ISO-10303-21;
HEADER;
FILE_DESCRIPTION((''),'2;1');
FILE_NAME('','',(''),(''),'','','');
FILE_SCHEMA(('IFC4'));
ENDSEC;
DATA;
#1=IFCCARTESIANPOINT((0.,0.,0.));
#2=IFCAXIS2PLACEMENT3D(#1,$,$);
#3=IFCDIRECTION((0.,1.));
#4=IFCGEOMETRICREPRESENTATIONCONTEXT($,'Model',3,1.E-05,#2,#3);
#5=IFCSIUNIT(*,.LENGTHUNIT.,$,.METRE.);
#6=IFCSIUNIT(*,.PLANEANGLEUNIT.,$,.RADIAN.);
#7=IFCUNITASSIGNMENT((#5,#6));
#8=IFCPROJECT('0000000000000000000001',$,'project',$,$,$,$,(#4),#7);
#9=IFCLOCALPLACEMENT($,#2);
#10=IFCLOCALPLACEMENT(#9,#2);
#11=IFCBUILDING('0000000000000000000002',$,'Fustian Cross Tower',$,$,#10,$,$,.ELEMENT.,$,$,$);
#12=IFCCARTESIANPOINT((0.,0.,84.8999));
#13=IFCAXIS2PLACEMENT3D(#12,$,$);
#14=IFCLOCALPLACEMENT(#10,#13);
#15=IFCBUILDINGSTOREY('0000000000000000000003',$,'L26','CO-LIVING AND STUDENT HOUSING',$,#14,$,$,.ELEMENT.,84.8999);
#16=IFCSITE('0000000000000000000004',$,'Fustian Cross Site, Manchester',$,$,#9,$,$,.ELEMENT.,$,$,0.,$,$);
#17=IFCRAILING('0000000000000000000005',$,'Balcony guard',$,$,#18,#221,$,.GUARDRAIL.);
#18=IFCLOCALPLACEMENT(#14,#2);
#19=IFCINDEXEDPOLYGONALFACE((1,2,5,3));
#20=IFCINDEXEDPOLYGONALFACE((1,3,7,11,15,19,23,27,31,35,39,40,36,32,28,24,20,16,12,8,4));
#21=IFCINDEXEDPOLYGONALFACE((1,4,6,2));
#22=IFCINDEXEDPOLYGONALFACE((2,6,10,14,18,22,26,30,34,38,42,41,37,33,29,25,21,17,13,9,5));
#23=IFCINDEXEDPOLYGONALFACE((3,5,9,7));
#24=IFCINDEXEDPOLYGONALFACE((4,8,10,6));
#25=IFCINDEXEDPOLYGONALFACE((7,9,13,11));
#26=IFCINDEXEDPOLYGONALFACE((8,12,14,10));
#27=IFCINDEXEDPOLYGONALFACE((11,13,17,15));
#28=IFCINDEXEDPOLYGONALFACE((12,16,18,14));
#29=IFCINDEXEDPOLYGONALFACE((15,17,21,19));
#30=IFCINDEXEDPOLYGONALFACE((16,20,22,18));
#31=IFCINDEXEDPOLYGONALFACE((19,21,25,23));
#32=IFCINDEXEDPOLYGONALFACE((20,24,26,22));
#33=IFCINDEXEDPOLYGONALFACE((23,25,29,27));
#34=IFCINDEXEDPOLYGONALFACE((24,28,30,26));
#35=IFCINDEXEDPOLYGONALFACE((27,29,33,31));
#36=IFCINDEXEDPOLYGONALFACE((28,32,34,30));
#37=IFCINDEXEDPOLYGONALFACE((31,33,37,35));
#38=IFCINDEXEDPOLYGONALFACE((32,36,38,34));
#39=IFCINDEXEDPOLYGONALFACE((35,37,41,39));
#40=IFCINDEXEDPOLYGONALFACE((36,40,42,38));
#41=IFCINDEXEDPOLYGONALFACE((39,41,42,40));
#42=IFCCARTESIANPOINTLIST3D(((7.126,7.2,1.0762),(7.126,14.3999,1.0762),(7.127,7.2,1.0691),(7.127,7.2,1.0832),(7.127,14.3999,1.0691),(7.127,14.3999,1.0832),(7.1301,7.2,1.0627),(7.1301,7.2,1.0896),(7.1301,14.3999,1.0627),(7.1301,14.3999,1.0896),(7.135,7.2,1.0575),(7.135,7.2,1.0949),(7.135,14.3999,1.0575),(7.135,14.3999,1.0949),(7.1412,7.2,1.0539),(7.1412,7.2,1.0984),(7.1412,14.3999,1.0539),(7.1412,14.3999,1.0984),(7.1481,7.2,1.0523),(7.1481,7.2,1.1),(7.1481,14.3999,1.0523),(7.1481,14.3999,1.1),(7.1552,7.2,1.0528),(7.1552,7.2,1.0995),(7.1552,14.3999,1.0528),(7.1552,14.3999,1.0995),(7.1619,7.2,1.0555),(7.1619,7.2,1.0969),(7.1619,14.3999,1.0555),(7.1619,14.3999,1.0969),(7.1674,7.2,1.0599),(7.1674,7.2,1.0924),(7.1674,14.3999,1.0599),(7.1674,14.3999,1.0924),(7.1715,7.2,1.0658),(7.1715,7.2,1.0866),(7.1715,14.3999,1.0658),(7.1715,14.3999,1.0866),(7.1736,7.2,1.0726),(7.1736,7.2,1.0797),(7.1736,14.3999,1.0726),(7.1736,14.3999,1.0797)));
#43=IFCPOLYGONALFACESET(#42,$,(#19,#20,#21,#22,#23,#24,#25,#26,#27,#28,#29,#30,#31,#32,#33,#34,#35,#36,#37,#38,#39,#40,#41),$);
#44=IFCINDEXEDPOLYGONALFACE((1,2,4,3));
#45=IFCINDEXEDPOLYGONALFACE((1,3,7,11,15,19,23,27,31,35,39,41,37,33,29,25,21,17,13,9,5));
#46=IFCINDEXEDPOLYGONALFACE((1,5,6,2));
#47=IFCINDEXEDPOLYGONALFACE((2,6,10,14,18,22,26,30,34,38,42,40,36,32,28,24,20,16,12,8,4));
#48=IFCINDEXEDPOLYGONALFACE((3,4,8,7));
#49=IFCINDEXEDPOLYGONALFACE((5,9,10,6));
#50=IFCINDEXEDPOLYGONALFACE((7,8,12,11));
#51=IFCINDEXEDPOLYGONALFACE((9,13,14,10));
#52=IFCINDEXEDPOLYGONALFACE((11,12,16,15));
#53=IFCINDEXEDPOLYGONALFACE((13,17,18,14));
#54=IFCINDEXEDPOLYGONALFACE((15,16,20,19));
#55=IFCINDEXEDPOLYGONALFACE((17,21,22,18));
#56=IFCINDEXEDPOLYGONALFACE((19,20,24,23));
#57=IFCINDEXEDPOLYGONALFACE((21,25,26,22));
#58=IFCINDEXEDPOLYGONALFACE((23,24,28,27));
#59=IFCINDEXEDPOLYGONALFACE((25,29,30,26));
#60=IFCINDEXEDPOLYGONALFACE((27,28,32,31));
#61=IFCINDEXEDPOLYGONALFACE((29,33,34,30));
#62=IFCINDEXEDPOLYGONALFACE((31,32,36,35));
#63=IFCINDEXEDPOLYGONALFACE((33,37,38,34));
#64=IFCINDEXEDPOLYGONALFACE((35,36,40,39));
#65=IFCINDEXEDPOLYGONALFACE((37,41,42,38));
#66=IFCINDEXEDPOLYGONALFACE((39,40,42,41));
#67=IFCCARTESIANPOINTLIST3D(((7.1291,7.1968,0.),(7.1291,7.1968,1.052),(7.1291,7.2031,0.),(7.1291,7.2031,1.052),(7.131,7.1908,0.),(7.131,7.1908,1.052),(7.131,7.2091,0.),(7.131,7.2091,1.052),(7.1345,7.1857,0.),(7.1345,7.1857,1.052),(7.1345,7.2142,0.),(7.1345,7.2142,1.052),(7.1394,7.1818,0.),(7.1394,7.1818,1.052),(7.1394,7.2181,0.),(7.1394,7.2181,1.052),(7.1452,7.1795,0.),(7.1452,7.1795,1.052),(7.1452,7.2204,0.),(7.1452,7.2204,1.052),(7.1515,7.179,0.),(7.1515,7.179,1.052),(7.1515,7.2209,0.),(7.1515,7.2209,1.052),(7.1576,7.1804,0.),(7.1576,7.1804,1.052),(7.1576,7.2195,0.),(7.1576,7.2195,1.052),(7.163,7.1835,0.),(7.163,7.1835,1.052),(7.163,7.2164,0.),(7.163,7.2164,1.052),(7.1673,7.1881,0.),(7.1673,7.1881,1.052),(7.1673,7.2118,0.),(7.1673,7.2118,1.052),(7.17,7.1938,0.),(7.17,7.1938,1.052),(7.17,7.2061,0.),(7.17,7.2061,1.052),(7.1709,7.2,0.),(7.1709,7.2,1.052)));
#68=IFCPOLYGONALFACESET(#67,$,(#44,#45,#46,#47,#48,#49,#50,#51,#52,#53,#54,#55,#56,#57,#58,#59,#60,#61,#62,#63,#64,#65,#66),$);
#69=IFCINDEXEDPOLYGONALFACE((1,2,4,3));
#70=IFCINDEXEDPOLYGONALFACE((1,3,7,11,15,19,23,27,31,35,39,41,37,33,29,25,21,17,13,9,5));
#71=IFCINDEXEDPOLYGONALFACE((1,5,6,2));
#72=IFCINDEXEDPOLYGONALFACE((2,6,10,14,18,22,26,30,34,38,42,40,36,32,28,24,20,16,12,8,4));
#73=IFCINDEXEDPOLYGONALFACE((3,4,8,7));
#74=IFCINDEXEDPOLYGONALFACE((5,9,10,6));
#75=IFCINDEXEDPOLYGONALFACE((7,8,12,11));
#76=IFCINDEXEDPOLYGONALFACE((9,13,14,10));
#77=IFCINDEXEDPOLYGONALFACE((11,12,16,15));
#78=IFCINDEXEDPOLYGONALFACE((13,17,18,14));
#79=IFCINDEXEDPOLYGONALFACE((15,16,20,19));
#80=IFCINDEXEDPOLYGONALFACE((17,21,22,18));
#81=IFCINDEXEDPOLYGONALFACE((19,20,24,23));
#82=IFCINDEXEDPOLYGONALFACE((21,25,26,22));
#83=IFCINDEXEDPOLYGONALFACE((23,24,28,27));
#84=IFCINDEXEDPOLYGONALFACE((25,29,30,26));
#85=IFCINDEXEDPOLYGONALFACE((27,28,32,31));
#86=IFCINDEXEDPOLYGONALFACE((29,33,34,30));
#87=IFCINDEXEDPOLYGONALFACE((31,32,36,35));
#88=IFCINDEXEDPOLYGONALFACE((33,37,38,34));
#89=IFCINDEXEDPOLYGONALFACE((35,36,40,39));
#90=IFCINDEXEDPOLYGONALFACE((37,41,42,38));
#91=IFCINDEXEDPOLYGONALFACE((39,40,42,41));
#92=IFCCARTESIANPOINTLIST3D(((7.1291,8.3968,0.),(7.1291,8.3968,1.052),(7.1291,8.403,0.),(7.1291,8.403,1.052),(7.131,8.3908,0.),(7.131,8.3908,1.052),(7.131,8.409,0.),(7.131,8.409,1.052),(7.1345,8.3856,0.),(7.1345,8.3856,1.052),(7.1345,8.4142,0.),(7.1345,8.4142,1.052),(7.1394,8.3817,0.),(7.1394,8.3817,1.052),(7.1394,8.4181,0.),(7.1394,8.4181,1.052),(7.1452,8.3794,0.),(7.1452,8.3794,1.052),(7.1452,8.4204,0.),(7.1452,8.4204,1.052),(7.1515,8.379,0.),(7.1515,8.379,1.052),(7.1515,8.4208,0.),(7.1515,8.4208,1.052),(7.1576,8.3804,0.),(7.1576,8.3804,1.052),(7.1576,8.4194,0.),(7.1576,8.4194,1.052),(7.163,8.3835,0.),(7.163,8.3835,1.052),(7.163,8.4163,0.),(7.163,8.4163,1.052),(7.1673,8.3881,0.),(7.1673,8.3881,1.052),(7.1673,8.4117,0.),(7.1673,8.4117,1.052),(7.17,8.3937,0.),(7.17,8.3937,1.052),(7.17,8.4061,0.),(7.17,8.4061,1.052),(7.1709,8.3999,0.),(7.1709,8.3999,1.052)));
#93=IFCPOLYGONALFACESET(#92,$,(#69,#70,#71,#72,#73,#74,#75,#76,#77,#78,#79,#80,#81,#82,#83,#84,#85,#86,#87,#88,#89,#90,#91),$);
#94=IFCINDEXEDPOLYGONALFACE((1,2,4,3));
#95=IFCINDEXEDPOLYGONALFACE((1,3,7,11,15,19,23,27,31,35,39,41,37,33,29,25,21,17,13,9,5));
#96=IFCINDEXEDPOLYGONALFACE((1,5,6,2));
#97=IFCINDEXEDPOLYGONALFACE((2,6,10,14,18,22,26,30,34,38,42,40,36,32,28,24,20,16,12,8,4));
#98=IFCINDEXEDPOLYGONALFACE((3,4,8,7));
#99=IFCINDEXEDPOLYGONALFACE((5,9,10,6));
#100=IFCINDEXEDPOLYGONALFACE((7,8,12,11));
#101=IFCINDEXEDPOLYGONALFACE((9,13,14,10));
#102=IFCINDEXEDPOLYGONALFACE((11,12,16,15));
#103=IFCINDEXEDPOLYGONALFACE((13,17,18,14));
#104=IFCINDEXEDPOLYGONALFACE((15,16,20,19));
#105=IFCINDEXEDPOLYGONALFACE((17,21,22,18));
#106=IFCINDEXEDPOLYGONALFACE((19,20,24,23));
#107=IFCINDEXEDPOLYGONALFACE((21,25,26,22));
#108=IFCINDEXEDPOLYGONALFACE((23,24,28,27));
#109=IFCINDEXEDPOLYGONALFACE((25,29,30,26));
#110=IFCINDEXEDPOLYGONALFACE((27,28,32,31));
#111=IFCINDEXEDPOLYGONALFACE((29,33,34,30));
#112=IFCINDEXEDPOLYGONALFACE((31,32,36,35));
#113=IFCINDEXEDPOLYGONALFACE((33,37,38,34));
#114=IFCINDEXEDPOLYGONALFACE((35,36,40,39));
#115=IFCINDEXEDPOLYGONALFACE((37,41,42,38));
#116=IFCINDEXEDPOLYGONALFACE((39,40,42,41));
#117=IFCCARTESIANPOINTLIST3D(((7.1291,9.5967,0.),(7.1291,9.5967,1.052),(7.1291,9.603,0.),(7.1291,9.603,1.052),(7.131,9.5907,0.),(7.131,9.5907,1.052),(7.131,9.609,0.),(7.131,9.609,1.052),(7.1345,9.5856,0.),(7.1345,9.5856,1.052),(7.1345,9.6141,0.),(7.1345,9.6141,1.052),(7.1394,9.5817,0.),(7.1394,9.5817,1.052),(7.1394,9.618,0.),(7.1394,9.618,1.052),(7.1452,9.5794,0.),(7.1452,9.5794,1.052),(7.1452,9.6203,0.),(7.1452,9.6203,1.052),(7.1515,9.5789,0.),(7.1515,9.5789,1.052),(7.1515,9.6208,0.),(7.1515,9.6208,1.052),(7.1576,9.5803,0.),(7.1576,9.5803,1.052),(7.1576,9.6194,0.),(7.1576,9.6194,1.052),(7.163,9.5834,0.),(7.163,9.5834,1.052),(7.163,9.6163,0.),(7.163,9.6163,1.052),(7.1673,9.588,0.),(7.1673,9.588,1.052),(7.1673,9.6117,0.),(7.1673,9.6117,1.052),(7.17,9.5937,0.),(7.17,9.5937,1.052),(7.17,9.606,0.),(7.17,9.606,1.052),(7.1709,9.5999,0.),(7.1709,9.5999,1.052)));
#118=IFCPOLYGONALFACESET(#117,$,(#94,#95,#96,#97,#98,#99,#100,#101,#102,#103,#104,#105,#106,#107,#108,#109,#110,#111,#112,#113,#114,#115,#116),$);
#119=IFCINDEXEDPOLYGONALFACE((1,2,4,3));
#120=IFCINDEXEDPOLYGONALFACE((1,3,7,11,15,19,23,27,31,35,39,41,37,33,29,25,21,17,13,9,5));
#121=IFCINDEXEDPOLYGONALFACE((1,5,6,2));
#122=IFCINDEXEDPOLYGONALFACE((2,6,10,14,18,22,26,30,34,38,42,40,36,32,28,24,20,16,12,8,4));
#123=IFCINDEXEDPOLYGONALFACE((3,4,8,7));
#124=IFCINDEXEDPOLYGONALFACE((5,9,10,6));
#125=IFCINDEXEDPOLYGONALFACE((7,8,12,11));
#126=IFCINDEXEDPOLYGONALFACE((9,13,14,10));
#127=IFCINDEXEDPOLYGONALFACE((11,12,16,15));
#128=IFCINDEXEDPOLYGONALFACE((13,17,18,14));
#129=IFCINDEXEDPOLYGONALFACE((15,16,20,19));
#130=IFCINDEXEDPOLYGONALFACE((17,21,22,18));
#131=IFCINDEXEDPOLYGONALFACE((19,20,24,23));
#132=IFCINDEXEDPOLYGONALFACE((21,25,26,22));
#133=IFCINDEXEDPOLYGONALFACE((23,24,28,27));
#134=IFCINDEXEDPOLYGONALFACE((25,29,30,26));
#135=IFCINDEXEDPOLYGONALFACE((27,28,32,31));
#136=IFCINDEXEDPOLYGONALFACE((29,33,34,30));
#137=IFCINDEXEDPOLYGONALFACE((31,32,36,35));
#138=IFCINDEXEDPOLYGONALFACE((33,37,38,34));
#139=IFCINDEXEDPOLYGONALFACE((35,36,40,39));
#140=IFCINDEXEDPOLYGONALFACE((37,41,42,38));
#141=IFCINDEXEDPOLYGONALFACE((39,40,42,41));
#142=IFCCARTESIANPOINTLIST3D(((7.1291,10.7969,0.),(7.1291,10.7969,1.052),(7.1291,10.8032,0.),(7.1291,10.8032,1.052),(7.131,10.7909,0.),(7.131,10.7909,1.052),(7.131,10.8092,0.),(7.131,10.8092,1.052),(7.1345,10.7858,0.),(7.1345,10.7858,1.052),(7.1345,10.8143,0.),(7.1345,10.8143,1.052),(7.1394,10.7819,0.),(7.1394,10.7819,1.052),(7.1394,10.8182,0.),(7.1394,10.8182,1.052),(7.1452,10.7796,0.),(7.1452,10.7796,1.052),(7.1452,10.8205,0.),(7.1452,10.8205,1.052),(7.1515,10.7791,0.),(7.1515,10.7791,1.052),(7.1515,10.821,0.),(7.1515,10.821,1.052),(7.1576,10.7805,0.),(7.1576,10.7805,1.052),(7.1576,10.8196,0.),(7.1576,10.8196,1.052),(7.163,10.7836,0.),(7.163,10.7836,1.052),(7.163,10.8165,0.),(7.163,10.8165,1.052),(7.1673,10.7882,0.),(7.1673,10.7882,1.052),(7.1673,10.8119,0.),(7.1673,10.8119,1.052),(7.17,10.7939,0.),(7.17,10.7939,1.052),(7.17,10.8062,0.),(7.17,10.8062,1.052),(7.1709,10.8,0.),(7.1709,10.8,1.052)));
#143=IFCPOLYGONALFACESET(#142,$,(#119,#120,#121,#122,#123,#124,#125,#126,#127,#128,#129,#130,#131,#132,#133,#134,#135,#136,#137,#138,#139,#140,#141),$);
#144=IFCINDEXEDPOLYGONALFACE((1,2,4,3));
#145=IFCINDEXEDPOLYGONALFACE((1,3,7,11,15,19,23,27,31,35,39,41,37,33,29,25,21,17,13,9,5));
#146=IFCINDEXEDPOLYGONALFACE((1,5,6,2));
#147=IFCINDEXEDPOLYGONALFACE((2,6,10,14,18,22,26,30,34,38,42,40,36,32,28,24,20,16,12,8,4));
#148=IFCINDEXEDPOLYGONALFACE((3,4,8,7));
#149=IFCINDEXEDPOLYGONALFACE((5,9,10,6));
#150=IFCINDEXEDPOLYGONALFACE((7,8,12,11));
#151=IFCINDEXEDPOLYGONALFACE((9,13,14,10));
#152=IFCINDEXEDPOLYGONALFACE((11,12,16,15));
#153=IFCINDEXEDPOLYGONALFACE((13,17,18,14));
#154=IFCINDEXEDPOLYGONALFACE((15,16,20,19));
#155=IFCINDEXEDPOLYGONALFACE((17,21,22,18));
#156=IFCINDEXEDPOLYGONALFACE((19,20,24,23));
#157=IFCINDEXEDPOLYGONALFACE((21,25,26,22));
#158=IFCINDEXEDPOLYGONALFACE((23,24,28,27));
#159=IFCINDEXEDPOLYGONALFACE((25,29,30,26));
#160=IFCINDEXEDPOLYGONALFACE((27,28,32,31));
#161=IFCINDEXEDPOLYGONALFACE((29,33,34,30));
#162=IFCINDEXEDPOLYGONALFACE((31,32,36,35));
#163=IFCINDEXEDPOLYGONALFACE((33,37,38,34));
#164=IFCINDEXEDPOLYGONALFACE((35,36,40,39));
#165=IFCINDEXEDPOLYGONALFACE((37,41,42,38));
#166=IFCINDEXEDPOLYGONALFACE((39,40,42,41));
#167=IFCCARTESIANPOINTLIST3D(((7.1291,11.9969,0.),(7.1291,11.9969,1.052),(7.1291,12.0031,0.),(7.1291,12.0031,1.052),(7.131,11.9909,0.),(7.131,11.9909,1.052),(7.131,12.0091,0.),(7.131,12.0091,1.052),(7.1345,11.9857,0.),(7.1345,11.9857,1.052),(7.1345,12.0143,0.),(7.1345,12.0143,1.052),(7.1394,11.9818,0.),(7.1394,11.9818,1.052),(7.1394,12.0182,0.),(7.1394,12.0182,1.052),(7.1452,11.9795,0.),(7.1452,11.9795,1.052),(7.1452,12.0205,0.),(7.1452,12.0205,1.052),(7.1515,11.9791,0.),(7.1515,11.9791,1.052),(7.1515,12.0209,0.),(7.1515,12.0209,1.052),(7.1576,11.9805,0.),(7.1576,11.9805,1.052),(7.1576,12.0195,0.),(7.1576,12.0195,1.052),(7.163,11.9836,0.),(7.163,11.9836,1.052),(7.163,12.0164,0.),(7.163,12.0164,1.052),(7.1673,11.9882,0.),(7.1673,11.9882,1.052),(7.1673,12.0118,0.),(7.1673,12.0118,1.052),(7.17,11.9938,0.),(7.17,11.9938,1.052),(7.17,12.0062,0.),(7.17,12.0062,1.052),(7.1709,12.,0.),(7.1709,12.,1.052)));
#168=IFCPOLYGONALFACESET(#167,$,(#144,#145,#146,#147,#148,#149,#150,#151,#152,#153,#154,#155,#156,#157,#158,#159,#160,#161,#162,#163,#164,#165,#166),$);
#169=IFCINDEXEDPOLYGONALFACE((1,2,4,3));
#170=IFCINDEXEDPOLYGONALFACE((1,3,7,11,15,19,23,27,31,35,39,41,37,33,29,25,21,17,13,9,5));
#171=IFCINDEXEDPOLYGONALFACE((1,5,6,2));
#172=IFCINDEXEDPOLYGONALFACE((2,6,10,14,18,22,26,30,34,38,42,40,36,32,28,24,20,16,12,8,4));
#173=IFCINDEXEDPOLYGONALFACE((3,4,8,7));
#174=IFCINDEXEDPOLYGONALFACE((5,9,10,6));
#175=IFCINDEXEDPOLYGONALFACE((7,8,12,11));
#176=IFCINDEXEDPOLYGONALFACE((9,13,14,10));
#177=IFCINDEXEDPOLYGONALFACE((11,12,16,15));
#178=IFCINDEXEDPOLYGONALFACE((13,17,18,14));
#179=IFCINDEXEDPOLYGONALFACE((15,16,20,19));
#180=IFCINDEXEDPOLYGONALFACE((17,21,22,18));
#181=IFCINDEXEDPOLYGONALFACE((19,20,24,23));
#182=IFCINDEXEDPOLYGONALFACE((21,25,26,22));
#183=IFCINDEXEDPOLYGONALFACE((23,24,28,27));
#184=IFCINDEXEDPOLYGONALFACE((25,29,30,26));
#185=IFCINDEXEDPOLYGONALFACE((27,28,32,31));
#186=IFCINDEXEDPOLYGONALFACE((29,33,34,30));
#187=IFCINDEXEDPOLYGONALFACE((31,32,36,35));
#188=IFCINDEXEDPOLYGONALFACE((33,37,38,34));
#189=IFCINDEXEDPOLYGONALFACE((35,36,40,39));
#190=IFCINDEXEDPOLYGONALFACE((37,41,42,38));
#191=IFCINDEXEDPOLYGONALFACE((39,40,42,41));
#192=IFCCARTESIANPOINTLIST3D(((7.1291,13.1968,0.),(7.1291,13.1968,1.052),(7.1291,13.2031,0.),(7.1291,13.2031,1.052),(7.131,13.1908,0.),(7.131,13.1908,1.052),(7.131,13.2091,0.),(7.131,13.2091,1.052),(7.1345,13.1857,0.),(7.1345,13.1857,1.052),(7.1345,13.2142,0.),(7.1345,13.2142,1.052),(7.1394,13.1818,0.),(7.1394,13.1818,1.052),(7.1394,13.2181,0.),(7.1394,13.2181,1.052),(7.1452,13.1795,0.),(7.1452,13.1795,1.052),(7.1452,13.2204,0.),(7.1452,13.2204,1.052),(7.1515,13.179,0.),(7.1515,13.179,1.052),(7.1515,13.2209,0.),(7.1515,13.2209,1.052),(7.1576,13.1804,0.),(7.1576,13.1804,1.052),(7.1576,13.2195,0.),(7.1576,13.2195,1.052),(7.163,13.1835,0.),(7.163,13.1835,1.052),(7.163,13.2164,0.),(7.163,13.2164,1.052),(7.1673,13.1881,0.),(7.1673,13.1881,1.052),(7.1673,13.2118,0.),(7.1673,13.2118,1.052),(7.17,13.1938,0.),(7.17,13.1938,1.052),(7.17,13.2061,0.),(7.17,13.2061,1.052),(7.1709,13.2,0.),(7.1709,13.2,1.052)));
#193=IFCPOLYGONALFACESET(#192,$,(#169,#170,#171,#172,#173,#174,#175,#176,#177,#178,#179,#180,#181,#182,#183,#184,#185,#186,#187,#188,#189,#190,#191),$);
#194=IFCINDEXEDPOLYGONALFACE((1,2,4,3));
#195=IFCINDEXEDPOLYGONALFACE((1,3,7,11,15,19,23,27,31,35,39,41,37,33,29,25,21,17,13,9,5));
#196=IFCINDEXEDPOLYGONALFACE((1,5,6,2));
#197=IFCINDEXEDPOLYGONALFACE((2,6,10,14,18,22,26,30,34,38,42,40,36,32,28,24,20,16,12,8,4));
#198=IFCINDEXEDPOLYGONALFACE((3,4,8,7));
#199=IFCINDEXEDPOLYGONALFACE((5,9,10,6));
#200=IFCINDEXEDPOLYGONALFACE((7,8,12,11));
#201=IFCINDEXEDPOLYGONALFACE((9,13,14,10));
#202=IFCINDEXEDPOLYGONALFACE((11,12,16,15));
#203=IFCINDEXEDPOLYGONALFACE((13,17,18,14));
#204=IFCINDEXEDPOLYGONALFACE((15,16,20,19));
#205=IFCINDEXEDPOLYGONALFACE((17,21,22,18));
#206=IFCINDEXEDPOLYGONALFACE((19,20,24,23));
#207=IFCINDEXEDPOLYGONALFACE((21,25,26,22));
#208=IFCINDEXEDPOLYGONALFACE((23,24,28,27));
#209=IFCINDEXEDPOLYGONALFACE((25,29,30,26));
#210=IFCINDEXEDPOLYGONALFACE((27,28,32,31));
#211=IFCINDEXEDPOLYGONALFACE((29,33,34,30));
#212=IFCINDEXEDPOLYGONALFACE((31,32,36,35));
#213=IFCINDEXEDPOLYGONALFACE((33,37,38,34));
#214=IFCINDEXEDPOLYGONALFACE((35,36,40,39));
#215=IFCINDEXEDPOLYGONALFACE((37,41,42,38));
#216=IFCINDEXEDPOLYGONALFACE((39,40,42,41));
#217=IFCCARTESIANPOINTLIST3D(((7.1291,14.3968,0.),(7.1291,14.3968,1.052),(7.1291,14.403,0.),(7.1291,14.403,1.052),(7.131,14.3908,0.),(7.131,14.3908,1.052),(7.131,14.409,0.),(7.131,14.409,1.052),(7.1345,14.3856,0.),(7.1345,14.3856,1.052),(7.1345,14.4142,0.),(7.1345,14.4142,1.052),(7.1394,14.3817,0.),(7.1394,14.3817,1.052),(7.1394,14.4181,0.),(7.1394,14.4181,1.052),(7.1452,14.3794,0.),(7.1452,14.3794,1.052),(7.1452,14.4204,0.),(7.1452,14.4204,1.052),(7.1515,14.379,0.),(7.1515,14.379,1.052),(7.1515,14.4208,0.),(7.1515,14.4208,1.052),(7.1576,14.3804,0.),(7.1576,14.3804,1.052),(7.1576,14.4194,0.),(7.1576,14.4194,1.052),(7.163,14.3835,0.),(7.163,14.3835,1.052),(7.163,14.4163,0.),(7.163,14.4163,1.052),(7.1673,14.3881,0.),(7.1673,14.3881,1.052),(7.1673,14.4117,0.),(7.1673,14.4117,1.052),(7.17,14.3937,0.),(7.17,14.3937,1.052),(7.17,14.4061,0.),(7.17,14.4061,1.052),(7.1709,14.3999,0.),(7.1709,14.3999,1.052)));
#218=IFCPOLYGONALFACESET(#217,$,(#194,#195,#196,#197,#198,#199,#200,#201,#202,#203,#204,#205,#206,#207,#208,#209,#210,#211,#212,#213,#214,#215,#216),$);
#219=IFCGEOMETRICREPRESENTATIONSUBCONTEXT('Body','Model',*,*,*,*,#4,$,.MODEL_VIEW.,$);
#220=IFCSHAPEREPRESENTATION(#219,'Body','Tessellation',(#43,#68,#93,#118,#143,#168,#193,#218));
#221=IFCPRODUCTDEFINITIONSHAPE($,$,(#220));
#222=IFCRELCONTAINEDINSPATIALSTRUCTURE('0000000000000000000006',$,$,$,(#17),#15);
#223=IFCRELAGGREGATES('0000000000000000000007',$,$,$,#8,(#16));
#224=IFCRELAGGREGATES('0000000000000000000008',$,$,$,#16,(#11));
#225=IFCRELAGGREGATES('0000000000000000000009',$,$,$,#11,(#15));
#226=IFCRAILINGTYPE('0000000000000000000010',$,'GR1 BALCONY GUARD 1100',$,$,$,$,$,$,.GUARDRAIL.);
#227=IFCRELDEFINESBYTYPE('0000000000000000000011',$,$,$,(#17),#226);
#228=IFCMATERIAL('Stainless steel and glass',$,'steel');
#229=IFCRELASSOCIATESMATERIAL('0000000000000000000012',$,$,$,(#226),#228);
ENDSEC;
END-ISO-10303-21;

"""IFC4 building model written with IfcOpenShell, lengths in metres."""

from ifc_helpers import new_model, si_unit, direction, frame, origin, origin_2d, place, context, subcontext, project, spatial, circle, extrude, material, type_object, element, save


model = new_model("IFC4")

# Units and contexts
model_context = context("Model", 3, precision=1e-05, world=origin(), true_north=direction((0.0, 1.0)))
body_context = subcontext(model_context, "Body", "Model", "MODEL_VIEW")
ifc_project = project(units=[si_unit("LENGTHUNIT", "METRE"), si_unit("PLANEANGLEUNIT", "RADIAN")], contexts=[model_context])

# Site, building, storey
site_placement = place(None, origin())
site = spatial("IfcSite", under=ifc_project, at=site_placement, Name="Fustian Cross Site, Manchester", CompositionType="ELEMENT", RefElevation=0.0)
building_placement = place(site_placement, origin())
building = spatial("IfcBuilding", under=site, at=building_placement, Name="Fustian Cross Tower", CompositionType="ELEMENT")
storey_placement = place(building_placement, frame((0.0, 0.0, 84.8999)))
storey = spatial("IfcBuildingStorey", under=building, at=storey_placement, Name="L26", Description="CO-LIVING AND STUDENT HOUSING", CompositionType="ELEMENT", Elevation=84.8999)

# Railing
ifc_material_1 = material(Name="Stainless steel and glass", Category="steel")
railing_type = type_object("IfcRailingType", Name="GR1 BALCONY GUARD 1100", PredefinedType="GUARDRAIL", material=ifc_material_1)
railing_placement = place(storey_placement, frame((7.1499, 7.2, 0.0)))
element("IfcRailing", 1, at=railing_placement, inside=storey, type_object=railing_type, Name="Balcony guard", PredefinedType="GUARDRAIL", context=body_context, shape_type="SweptSolid", body=[
    extrude(circle(Radius=0.0239, at=origin_2d()), frame((0.0, 0.0, 1.0762), z_axis=(0.0, 1.0, 0.0), x_axis=(-1.0, 0.0, 0.0)), (0.0, 0.0, 1.0), 7.2),
    extrude(circle(Radius=0.021, at=origin_2d()), origin(), (0.0, 0.0, 1.0), 1.052),
    extrude(circle(Radius=0.021, at=origin_2d()), frame((0.0, 1.2, 0.0)), (0.0, 0.0, 1.0), 1.052),
    extrude(circle(Radius=0.021, at=origin_2d()), frame((0.0, 2.3999, 0.0)), (0.0, 0.0, 1.0), 1.052),
    extrude(circle(Radius=0.021, at=origin_2d()), frame((0.0, 3.6001, 0.0)), (0.0, 0.0, 1.0), 1.052),
    extrude(circle(Radius=0.021, at=origin_2d()), frame((0.0, 4.8, 0.0)), (0.0, 0.0, 1.0), 1.052),
    extrude(circle(Radius=0.021, at=origin_2d()), frame((0.0, 6.0, 0.0)), (0.0, 0.0, 1.0), 1.052),
    extrude(circle(Radius=0.021, at=origin_2d()), frame((0.0, 7.2, 0.0)), (0.0, 0.0, 1.0), 1.052),
])

save(model, "model.ifc")
